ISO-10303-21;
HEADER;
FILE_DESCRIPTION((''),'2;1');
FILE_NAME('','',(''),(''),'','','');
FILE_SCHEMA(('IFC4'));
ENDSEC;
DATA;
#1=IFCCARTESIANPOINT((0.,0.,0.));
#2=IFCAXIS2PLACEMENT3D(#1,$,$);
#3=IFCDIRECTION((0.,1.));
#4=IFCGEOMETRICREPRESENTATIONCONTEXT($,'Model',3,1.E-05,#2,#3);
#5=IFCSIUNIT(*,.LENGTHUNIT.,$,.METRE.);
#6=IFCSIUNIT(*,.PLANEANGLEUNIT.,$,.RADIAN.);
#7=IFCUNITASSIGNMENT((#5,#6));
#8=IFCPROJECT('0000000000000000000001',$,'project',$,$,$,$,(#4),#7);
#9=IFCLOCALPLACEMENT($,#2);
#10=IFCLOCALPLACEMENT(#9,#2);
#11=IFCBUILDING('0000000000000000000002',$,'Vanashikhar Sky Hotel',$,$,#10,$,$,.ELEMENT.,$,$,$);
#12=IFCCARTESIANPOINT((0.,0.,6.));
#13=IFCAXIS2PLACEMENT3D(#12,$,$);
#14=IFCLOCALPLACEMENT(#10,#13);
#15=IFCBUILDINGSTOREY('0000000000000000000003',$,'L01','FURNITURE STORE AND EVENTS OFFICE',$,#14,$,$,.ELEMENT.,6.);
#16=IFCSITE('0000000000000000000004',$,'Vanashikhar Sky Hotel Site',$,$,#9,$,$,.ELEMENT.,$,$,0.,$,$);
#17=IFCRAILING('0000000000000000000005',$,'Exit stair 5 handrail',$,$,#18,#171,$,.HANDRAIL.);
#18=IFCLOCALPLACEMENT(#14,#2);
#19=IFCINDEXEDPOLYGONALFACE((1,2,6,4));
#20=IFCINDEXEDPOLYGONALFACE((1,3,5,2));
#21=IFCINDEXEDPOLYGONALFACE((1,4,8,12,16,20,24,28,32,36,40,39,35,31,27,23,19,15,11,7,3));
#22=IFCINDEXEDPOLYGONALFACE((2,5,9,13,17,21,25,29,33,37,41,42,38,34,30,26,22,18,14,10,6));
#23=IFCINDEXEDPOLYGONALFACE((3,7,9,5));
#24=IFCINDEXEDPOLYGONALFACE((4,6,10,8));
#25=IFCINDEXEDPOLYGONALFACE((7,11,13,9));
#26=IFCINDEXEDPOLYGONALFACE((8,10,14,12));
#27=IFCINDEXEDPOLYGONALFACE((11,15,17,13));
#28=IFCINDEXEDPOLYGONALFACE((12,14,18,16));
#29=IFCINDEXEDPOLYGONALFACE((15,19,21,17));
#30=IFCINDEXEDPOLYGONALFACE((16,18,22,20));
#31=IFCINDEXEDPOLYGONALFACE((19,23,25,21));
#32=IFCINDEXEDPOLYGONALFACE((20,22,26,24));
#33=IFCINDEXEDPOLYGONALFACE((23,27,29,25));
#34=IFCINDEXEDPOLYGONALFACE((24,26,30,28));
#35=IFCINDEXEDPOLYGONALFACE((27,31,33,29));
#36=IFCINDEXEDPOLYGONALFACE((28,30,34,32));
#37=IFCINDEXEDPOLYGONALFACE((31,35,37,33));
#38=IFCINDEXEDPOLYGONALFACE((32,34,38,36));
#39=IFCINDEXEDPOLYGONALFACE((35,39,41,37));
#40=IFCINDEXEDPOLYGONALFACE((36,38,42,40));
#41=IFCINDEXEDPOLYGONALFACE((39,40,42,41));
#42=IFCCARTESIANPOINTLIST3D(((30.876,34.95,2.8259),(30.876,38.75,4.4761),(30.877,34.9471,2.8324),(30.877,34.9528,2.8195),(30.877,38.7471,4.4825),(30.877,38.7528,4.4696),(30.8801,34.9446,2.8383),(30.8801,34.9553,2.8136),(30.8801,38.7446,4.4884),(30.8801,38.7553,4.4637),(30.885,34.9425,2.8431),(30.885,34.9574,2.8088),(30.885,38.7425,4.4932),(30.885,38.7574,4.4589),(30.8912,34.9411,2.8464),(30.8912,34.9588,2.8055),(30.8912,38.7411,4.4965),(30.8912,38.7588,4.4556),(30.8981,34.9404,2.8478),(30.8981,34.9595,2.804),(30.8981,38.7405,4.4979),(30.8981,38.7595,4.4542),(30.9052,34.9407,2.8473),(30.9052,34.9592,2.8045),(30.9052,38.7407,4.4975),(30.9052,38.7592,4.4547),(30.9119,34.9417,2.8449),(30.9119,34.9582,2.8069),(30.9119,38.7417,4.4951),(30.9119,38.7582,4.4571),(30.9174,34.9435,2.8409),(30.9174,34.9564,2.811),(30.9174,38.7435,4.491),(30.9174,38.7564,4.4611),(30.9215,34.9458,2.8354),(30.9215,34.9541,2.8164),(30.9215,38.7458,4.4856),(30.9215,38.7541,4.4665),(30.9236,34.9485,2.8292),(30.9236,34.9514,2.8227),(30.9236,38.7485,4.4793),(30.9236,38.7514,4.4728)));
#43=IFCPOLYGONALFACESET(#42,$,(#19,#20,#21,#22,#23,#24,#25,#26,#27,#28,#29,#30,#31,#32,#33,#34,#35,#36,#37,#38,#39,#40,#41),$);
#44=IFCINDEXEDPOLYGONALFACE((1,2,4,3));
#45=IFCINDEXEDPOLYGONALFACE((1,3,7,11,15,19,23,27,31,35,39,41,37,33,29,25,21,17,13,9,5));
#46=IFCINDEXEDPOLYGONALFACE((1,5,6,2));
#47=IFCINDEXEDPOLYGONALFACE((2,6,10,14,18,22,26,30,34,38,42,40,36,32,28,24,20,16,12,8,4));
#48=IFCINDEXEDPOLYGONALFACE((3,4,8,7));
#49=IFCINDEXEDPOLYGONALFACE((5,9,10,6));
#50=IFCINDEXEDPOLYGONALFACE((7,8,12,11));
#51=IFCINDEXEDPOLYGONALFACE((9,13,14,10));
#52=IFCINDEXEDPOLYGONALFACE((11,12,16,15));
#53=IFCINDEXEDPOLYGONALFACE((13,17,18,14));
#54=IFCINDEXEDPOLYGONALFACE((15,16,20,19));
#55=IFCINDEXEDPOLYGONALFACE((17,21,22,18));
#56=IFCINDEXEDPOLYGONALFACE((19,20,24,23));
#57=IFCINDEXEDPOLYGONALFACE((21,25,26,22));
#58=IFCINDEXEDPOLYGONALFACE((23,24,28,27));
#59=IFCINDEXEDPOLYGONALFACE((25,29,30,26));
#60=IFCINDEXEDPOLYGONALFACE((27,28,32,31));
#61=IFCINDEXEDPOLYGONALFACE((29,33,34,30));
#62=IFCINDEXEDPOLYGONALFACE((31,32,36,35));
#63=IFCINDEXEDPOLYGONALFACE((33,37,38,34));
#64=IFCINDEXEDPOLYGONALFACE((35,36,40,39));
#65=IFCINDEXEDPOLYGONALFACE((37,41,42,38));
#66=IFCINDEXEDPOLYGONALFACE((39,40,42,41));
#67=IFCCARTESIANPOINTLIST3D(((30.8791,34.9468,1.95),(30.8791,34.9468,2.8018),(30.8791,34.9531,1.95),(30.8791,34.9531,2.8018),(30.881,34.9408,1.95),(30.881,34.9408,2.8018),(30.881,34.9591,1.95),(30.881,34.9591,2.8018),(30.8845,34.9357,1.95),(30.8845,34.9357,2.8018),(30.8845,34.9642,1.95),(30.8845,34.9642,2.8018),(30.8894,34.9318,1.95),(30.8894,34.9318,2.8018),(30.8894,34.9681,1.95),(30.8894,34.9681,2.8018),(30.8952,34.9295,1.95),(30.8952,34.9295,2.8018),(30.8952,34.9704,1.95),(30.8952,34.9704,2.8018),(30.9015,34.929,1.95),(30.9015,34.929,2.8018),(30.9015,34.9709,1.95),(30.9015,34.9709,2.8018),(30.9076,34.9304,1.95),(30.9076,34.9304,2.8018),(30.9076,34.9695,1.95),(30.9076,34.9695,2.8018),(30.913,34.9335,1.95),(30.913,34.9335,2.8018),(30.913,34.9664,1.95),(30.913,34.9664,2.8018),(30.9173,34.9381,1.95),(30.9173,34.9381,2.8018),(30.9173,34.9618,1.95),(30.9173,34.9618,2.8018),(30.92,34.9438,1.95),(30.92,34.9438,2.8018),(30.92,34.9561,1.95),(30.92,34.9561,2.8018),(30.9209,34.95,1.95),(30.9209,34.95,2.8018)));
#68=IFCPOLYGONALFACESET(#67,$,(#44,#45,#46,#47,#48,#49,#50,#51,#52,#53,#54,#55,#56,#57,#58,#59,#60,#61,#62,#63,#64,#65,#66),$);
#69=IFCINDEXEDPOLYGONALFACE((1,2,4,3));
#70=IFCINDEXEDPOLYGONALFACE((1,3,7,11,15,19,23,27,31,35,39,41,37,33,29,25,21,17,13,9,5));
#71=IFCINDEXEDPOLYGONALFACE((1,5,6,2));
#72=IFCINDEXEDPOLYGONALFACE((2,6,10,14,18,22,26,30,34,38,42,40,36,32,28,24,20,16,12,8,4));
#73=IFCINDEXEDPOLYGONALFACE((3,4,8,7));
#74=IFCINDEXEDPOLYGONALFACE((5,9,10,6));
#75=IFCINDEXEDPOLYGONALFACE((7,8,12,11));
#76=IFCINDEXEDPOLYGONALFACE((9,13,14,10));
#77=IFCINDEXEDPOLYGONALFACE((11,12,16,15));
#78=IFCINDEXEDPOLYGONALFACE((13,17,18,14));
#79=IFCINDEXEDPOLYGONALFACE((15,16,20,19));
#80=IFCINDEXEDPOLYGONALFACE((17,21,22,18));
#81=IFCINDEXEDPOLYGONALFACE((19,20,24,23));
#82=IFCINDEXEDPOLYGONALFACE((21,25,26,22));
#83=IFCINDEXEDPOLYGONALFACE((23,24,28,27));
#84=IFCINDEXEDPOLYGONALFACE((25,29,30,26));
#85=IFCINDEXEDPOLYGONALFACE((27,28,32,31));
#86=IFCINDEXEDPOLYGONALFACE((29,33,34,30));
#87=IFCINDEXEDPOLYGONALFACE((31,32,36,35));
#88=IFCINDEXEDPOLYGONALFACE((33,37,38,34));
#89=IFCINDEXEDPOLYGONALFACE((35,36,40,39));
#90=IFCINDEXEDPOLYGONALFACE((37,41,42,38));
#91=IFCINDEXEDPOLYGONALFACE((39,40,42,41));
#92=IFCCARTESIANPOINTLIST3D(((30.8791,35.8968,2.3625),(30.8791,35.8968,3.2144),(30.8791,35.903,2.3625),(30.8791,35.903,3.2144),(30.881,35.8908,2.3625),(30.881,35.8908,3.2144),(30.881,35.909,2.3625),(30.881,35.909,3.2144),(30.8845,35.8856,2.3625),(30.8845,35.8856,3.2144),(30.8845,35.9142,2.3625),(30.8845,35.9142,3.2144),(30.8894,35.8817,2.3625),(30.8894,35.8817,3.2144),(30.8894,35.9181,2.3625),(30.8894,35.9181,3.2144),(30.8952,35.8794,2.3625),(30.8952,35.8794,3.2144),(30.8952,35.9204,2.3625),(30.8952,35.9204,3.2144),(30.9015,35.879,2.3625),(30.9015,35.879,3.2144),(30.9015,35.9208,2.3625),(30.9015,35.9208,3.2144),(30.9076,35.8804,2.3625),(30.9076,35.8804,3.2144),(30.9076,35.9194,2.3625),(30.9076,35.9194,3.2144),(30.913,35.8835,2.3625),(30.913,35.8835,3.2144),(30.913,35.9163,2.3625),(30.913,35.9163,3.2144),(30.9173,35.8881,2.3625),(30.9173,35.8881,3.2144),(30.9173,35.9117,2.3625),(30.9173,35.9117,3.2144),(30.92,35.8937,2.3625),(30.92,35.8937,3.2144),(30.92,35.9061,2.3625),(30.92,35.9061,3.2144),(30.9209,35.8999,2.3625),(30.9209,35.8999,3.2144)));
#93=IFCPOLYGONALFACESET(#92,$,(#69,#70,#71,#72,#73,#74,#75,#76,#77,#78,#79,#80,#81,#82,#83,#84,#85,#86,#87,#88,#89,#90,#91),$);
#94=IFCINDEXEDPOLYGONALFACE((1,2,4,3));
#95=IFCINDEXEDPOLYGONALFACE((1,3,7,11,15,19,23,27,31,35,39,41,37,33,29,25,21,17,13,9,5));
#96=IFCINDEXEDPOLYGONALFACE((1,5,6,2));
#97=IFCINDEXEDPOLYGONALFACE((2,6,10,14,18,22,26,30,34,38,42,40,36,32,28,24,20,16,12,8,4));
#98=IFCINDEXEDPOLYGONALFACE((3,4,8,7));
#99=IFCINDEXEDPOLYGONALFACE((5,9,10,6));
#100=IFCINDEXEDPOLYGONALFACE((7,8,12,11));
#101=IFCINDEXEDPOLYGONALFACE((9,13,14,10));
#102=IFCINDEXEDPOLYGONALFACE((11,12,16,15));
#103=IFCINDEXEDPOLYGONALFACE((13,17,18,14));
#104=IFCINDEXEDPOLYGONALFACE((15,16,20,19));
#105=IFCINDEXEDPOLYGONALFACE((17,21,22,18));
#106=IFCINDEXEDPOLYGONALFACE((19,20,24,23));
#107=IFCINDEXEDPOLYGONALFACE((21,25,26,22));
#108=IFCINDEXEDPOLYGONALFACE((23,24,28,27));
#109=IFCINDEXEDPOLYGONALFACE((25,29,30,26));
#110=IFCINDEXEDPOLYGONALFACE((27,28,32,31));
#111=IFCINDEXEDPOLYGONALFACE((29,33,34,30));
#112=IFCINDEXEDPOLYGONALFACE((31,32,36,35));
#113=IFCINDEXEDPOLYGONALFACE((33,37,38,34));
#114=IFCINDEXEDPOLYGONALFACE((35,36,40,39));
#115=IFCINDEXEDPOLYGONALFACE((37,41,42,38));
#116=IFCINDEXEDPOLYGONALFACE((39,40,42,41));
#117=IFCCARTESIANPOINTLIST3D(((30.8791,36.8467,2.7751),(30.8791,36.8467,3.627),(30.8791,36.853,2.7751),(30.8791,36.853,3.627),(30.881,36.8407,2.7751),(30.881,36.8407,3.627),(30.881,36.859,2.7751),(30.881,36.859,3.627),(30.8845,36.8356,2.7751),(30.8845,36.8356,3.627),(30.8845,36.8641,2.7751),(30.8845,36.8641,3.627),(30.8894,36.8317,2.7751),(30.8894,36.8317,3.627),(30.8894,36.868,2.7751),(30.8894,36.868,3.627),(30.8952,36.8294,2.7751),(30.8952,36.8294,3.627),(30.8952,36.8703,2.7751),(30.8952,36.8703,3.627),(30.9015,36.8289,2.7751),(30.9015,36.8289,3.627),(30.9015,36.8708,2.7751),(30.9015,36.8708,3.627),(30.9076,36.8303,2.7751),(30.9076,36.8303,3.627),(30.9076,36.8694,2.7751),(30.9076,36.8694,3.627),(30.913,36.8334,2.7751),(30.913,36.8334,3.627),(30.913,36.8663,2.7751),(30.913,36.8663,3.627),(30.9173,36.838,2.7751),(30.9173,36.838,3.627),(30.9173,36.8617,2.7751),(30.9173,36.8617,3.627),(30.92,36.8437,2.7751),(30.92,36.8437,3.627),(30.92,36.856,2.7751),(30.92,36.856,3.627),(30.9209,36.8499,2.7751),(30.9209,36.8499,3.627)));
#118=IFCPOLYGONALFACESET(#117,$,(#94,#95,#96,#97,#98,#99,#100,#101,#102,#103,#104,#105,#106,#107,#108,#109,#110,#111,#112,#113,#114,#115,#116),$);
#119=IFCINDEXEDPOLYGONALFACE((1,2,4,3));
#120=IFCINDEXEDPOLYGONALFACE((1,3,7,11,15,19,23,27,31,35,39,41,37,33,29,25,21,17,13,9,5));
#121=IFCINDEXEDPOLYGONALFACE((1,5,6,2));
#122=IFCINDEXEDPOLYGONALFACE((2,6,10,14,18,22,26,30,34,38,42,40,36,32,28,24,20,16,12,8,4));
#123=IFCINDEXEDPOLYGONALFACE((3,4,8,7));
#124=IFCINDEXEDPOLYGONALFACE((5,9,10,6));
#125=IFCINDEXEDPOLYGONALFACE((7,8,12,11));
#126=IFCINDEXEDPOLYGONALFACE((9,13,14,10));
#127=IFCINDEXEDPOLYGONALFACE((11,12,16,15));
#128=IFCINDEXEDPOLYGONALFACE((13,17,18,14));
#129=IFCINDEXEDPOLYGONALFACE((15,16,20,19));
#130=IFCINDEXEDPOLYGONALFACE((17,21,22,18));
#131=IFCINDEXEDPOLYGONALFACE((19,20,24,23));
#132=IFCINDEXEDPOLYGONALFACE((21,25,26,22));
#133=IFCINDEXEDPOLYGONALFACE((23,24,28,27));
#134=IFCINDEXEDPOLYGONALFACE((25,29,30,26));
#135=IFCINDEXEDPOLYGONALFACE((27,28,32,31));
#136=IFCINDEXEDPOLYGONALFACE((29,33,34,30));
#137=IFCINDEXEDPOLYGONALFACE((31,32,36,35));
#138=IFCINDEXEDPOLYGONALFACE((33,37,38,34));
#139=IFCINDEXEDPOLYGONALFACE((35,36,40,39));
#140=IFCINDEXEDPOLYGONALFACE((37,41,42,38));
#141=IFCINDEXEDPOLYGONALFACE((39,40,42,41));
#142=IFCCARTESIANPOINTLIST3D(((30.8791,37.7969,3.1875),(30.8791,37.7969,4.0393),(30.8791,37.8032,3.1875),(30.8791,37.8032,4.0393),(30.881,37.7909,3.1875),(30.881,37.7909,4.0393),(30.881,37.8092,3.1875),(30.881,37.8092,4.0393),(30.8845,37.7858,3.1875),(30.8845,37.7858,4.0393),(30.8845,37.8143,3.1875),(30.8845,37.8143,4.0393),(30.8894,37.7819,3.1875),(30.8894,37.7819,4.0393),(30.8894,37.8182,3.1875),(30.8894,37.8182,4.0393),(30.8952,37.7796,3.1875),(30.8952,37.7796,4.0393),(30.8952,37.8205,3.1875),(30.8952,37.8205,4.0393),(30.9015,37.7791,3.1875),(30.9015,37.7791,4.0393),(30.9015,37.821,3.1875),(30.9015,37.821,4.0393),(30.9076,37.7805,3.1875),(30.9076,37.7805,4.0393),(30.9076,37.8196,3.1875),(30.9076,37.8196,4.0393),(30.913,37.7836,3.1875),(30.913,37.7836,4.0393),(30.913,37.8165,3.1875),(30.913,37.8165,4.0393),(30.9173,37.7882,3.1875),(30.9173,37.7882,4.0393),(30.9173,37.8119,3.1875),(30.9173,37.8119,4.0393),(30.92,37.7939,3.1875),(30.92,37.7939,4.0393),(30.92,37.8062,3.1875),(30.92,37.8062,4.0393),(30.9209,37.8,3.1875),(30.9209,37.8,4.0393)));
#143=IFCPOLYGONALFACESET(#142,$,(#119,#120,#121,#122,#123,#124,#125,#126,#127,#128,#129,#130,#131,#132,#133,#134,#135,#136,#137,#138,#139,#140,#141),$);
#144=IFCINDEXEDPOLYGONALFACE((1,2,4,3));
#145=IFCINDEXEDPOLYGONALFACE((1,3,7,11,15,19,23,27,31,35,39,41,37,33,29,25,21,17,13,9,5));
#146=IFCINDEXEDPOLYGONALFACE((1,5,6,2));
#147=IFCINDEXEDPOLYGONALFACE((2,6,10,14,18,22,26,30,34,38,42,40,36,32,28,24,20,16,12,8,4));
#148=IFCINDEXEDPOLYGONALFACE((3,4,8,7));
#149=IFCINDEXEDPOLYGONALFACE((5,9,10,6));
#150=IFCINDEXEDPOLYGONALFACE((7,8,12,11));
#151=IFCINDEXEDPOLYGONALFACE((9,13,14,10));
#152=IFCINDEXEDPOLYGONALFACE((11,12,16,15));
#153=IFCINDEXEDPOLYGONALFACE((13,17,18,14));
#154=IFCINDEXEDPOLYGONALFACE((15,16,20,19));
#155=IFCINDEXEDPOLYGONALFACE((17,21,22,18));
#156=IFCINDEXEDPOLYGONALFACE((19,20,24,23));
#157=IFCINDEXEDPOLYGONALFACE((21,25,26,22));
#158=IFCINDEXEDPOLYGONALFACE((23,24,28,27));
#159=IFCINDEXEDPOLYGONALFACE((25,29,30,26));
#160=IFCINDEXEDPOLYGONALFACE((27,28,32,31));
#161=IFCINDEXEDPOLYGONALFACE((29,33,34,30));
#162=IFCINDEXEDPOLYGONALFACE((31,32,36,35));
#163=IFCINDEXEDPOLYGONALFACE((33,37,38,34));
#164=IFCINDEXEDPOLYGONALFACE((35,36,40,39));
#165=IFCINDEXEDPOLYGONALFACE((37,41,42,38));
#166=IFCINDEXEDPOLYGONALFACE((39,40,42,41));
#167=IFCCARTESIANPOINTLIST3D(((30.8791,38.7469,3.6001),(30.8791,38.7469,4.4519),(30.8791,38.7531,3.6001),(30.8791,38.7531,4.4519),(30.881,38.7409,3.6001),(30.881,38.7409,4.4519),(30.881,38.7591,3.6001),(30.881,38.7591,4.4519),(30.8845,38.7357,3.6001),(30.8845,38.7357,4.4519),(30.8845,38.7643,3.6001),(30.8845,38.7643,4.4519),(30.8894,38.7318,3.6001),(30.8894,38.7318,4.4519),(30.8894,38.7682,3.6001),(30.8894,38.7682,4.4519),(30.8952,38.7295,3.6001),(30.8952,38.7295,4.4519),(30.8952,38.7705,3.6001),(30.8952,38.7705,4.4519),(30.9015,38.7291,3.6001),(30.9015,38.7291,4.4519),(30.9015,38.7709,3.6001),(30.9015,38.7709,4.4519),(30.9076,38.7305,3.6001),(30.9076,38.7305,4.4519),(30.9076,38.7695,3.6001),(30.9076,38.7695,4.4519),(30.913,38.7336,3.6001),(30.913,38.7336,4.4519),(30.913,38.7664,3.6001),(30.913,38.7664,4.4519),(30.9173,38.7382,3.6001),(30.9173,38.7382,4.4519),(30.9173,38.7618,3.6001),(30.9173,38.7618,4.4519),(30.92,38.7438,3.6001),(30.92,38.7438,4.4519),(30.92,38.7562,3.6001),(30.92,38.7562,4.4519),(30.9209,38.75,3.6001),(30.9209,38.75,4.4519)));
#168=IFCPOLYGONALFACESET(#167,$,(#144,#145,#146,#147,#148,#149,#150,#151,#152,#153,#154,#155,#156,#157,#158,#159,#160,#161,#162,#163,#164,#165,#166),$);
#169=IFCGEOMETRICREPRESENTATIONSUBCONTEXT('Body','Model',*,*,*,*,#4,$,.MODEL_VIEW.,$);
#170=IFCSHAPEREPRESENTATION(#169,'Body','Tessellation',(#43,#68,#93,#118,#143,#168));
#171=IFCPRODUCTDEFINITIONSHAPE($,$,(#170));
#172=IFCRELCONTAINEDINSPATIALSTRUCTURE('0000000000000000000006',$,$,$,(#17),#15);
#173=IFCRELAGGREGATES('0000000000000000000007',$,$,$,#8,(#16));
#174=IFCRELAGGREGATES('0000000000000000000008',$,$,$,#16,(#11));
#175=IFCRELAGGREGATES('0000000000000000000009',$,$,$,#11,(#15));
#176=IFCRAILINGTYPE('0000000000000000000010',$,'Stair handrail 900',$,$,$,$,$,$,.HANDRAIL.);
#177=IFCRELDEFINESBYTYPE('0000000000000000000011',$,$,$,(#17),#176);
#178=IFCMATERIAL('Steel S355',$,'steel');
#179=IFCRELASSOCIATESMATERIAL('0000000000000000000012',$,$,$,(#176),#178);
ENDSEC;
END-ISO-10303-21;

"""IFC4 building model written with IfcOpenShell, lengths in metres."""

from ifc_helpers import new_model, si_unit, direction, frame, origin, origin_2d, place, context, subcontext, project, spatial, circle, extrude, source, transform, mapped, material, type_object, element, save


model = new_model("IFC4")

# Units and contexts
model_context = context("Model", 3, precision=1e-05, world=origin(), true_north=direction((0.0, 1.0)))
body_context = subcontext(model_context, "Body", "Model", "MODEL_VIEW")
ifc_project = project(units=[si_unit("LENGTHUNIT", "METRE"), si_unit("PLANEANGLEUNIT", "RADIAN")], contexts=[model_context])

# Site, building, storey
site_placement = place(None, origin())
site = spatial("IfcSite", under=ifc_project, at=site_placement, Name="Vanashikhar Sky Hotel Site", CompositionType="ELEMENT", RefElevation=0.0)
building_placement = place(site_placement, origin())
building = spatial("IfcBuilding", under=site, at=building_placement, Name="Vanashikhar Sky Hotel", CompositionType="ELEMENT")
storey_placement = place(building_placement, frame((0.0, 0.0, 6.0)))
storey = spatial("IfcBuildingStorey", under=building, at=storey_placement, Name="L01", Description="FURNITURE STORE AND EVENTS OFFICE", CompositionType="ELEMENT", Elevation=6.0)

# Railing
ifc_material_1 = material(Name="Steel S355", Category="steel")
railing_type_1 = type_object("IfcRailingType", Name="Stair handrail 900", PredefinedType="HANDRAIL", material=ifc_material_1)
shared_shape_1 = source(origin(), body_context, "Body", "SweptSolid", [
    extrude(circle(Radius=0.0239, at=origin_2d()), frame((0.0, 0.0, 0.876), z_axis=(0.0, 0.917251, 0.39831), x_axis=(-1.0, 0.0, 0.0)), (0.0, 0.0, 1.0), 4.1428),
    extrude(circle(Radius=0.021, at=origin_2d()), origin(), (0.0, 0.0, 1.0), 0.8518),
    extrude(circle(Radius=0.021, at=origin_2d()), frame((0.0, 0.95, 0.4126)), (0.0, 0.0, 1.0), 0.8518),
    extrude(circle(Radius=0.021, at=origin_2d()), frame((0.0, 1.8999, 0.8252)), (0.0, 0.0, 1.0), 0.8518),
    extrude(circle(Radius=0.021, at=origin_2d()), frame((0.0, 2.8501, 1.2375)), (0.0, 0.0, 1.0), 0.8518),
    extrude(circle(Radius=0.021, at=origin_2d()), frame((0.0, 3.8, 1.6501)), (0.0, 0.0, 1.0), 0.8518),
])
railing_1_placement = place(storey_placement, frame((30.8999, 34.95, 1.95)))
element("IfcRailing", 1, at=railing_1_placement, inside=storey, type_object=railing_type_1, Name="Exit stair 5 handrail", PredefinedType="HANDRAIL", context=body_context, shape_type="MappedRepresentation", body=[
    mapped(shared_shape_1, transform((0.0, 0.0, 0.0), scale=1.0)),
])

save(model, "model.ifc")
